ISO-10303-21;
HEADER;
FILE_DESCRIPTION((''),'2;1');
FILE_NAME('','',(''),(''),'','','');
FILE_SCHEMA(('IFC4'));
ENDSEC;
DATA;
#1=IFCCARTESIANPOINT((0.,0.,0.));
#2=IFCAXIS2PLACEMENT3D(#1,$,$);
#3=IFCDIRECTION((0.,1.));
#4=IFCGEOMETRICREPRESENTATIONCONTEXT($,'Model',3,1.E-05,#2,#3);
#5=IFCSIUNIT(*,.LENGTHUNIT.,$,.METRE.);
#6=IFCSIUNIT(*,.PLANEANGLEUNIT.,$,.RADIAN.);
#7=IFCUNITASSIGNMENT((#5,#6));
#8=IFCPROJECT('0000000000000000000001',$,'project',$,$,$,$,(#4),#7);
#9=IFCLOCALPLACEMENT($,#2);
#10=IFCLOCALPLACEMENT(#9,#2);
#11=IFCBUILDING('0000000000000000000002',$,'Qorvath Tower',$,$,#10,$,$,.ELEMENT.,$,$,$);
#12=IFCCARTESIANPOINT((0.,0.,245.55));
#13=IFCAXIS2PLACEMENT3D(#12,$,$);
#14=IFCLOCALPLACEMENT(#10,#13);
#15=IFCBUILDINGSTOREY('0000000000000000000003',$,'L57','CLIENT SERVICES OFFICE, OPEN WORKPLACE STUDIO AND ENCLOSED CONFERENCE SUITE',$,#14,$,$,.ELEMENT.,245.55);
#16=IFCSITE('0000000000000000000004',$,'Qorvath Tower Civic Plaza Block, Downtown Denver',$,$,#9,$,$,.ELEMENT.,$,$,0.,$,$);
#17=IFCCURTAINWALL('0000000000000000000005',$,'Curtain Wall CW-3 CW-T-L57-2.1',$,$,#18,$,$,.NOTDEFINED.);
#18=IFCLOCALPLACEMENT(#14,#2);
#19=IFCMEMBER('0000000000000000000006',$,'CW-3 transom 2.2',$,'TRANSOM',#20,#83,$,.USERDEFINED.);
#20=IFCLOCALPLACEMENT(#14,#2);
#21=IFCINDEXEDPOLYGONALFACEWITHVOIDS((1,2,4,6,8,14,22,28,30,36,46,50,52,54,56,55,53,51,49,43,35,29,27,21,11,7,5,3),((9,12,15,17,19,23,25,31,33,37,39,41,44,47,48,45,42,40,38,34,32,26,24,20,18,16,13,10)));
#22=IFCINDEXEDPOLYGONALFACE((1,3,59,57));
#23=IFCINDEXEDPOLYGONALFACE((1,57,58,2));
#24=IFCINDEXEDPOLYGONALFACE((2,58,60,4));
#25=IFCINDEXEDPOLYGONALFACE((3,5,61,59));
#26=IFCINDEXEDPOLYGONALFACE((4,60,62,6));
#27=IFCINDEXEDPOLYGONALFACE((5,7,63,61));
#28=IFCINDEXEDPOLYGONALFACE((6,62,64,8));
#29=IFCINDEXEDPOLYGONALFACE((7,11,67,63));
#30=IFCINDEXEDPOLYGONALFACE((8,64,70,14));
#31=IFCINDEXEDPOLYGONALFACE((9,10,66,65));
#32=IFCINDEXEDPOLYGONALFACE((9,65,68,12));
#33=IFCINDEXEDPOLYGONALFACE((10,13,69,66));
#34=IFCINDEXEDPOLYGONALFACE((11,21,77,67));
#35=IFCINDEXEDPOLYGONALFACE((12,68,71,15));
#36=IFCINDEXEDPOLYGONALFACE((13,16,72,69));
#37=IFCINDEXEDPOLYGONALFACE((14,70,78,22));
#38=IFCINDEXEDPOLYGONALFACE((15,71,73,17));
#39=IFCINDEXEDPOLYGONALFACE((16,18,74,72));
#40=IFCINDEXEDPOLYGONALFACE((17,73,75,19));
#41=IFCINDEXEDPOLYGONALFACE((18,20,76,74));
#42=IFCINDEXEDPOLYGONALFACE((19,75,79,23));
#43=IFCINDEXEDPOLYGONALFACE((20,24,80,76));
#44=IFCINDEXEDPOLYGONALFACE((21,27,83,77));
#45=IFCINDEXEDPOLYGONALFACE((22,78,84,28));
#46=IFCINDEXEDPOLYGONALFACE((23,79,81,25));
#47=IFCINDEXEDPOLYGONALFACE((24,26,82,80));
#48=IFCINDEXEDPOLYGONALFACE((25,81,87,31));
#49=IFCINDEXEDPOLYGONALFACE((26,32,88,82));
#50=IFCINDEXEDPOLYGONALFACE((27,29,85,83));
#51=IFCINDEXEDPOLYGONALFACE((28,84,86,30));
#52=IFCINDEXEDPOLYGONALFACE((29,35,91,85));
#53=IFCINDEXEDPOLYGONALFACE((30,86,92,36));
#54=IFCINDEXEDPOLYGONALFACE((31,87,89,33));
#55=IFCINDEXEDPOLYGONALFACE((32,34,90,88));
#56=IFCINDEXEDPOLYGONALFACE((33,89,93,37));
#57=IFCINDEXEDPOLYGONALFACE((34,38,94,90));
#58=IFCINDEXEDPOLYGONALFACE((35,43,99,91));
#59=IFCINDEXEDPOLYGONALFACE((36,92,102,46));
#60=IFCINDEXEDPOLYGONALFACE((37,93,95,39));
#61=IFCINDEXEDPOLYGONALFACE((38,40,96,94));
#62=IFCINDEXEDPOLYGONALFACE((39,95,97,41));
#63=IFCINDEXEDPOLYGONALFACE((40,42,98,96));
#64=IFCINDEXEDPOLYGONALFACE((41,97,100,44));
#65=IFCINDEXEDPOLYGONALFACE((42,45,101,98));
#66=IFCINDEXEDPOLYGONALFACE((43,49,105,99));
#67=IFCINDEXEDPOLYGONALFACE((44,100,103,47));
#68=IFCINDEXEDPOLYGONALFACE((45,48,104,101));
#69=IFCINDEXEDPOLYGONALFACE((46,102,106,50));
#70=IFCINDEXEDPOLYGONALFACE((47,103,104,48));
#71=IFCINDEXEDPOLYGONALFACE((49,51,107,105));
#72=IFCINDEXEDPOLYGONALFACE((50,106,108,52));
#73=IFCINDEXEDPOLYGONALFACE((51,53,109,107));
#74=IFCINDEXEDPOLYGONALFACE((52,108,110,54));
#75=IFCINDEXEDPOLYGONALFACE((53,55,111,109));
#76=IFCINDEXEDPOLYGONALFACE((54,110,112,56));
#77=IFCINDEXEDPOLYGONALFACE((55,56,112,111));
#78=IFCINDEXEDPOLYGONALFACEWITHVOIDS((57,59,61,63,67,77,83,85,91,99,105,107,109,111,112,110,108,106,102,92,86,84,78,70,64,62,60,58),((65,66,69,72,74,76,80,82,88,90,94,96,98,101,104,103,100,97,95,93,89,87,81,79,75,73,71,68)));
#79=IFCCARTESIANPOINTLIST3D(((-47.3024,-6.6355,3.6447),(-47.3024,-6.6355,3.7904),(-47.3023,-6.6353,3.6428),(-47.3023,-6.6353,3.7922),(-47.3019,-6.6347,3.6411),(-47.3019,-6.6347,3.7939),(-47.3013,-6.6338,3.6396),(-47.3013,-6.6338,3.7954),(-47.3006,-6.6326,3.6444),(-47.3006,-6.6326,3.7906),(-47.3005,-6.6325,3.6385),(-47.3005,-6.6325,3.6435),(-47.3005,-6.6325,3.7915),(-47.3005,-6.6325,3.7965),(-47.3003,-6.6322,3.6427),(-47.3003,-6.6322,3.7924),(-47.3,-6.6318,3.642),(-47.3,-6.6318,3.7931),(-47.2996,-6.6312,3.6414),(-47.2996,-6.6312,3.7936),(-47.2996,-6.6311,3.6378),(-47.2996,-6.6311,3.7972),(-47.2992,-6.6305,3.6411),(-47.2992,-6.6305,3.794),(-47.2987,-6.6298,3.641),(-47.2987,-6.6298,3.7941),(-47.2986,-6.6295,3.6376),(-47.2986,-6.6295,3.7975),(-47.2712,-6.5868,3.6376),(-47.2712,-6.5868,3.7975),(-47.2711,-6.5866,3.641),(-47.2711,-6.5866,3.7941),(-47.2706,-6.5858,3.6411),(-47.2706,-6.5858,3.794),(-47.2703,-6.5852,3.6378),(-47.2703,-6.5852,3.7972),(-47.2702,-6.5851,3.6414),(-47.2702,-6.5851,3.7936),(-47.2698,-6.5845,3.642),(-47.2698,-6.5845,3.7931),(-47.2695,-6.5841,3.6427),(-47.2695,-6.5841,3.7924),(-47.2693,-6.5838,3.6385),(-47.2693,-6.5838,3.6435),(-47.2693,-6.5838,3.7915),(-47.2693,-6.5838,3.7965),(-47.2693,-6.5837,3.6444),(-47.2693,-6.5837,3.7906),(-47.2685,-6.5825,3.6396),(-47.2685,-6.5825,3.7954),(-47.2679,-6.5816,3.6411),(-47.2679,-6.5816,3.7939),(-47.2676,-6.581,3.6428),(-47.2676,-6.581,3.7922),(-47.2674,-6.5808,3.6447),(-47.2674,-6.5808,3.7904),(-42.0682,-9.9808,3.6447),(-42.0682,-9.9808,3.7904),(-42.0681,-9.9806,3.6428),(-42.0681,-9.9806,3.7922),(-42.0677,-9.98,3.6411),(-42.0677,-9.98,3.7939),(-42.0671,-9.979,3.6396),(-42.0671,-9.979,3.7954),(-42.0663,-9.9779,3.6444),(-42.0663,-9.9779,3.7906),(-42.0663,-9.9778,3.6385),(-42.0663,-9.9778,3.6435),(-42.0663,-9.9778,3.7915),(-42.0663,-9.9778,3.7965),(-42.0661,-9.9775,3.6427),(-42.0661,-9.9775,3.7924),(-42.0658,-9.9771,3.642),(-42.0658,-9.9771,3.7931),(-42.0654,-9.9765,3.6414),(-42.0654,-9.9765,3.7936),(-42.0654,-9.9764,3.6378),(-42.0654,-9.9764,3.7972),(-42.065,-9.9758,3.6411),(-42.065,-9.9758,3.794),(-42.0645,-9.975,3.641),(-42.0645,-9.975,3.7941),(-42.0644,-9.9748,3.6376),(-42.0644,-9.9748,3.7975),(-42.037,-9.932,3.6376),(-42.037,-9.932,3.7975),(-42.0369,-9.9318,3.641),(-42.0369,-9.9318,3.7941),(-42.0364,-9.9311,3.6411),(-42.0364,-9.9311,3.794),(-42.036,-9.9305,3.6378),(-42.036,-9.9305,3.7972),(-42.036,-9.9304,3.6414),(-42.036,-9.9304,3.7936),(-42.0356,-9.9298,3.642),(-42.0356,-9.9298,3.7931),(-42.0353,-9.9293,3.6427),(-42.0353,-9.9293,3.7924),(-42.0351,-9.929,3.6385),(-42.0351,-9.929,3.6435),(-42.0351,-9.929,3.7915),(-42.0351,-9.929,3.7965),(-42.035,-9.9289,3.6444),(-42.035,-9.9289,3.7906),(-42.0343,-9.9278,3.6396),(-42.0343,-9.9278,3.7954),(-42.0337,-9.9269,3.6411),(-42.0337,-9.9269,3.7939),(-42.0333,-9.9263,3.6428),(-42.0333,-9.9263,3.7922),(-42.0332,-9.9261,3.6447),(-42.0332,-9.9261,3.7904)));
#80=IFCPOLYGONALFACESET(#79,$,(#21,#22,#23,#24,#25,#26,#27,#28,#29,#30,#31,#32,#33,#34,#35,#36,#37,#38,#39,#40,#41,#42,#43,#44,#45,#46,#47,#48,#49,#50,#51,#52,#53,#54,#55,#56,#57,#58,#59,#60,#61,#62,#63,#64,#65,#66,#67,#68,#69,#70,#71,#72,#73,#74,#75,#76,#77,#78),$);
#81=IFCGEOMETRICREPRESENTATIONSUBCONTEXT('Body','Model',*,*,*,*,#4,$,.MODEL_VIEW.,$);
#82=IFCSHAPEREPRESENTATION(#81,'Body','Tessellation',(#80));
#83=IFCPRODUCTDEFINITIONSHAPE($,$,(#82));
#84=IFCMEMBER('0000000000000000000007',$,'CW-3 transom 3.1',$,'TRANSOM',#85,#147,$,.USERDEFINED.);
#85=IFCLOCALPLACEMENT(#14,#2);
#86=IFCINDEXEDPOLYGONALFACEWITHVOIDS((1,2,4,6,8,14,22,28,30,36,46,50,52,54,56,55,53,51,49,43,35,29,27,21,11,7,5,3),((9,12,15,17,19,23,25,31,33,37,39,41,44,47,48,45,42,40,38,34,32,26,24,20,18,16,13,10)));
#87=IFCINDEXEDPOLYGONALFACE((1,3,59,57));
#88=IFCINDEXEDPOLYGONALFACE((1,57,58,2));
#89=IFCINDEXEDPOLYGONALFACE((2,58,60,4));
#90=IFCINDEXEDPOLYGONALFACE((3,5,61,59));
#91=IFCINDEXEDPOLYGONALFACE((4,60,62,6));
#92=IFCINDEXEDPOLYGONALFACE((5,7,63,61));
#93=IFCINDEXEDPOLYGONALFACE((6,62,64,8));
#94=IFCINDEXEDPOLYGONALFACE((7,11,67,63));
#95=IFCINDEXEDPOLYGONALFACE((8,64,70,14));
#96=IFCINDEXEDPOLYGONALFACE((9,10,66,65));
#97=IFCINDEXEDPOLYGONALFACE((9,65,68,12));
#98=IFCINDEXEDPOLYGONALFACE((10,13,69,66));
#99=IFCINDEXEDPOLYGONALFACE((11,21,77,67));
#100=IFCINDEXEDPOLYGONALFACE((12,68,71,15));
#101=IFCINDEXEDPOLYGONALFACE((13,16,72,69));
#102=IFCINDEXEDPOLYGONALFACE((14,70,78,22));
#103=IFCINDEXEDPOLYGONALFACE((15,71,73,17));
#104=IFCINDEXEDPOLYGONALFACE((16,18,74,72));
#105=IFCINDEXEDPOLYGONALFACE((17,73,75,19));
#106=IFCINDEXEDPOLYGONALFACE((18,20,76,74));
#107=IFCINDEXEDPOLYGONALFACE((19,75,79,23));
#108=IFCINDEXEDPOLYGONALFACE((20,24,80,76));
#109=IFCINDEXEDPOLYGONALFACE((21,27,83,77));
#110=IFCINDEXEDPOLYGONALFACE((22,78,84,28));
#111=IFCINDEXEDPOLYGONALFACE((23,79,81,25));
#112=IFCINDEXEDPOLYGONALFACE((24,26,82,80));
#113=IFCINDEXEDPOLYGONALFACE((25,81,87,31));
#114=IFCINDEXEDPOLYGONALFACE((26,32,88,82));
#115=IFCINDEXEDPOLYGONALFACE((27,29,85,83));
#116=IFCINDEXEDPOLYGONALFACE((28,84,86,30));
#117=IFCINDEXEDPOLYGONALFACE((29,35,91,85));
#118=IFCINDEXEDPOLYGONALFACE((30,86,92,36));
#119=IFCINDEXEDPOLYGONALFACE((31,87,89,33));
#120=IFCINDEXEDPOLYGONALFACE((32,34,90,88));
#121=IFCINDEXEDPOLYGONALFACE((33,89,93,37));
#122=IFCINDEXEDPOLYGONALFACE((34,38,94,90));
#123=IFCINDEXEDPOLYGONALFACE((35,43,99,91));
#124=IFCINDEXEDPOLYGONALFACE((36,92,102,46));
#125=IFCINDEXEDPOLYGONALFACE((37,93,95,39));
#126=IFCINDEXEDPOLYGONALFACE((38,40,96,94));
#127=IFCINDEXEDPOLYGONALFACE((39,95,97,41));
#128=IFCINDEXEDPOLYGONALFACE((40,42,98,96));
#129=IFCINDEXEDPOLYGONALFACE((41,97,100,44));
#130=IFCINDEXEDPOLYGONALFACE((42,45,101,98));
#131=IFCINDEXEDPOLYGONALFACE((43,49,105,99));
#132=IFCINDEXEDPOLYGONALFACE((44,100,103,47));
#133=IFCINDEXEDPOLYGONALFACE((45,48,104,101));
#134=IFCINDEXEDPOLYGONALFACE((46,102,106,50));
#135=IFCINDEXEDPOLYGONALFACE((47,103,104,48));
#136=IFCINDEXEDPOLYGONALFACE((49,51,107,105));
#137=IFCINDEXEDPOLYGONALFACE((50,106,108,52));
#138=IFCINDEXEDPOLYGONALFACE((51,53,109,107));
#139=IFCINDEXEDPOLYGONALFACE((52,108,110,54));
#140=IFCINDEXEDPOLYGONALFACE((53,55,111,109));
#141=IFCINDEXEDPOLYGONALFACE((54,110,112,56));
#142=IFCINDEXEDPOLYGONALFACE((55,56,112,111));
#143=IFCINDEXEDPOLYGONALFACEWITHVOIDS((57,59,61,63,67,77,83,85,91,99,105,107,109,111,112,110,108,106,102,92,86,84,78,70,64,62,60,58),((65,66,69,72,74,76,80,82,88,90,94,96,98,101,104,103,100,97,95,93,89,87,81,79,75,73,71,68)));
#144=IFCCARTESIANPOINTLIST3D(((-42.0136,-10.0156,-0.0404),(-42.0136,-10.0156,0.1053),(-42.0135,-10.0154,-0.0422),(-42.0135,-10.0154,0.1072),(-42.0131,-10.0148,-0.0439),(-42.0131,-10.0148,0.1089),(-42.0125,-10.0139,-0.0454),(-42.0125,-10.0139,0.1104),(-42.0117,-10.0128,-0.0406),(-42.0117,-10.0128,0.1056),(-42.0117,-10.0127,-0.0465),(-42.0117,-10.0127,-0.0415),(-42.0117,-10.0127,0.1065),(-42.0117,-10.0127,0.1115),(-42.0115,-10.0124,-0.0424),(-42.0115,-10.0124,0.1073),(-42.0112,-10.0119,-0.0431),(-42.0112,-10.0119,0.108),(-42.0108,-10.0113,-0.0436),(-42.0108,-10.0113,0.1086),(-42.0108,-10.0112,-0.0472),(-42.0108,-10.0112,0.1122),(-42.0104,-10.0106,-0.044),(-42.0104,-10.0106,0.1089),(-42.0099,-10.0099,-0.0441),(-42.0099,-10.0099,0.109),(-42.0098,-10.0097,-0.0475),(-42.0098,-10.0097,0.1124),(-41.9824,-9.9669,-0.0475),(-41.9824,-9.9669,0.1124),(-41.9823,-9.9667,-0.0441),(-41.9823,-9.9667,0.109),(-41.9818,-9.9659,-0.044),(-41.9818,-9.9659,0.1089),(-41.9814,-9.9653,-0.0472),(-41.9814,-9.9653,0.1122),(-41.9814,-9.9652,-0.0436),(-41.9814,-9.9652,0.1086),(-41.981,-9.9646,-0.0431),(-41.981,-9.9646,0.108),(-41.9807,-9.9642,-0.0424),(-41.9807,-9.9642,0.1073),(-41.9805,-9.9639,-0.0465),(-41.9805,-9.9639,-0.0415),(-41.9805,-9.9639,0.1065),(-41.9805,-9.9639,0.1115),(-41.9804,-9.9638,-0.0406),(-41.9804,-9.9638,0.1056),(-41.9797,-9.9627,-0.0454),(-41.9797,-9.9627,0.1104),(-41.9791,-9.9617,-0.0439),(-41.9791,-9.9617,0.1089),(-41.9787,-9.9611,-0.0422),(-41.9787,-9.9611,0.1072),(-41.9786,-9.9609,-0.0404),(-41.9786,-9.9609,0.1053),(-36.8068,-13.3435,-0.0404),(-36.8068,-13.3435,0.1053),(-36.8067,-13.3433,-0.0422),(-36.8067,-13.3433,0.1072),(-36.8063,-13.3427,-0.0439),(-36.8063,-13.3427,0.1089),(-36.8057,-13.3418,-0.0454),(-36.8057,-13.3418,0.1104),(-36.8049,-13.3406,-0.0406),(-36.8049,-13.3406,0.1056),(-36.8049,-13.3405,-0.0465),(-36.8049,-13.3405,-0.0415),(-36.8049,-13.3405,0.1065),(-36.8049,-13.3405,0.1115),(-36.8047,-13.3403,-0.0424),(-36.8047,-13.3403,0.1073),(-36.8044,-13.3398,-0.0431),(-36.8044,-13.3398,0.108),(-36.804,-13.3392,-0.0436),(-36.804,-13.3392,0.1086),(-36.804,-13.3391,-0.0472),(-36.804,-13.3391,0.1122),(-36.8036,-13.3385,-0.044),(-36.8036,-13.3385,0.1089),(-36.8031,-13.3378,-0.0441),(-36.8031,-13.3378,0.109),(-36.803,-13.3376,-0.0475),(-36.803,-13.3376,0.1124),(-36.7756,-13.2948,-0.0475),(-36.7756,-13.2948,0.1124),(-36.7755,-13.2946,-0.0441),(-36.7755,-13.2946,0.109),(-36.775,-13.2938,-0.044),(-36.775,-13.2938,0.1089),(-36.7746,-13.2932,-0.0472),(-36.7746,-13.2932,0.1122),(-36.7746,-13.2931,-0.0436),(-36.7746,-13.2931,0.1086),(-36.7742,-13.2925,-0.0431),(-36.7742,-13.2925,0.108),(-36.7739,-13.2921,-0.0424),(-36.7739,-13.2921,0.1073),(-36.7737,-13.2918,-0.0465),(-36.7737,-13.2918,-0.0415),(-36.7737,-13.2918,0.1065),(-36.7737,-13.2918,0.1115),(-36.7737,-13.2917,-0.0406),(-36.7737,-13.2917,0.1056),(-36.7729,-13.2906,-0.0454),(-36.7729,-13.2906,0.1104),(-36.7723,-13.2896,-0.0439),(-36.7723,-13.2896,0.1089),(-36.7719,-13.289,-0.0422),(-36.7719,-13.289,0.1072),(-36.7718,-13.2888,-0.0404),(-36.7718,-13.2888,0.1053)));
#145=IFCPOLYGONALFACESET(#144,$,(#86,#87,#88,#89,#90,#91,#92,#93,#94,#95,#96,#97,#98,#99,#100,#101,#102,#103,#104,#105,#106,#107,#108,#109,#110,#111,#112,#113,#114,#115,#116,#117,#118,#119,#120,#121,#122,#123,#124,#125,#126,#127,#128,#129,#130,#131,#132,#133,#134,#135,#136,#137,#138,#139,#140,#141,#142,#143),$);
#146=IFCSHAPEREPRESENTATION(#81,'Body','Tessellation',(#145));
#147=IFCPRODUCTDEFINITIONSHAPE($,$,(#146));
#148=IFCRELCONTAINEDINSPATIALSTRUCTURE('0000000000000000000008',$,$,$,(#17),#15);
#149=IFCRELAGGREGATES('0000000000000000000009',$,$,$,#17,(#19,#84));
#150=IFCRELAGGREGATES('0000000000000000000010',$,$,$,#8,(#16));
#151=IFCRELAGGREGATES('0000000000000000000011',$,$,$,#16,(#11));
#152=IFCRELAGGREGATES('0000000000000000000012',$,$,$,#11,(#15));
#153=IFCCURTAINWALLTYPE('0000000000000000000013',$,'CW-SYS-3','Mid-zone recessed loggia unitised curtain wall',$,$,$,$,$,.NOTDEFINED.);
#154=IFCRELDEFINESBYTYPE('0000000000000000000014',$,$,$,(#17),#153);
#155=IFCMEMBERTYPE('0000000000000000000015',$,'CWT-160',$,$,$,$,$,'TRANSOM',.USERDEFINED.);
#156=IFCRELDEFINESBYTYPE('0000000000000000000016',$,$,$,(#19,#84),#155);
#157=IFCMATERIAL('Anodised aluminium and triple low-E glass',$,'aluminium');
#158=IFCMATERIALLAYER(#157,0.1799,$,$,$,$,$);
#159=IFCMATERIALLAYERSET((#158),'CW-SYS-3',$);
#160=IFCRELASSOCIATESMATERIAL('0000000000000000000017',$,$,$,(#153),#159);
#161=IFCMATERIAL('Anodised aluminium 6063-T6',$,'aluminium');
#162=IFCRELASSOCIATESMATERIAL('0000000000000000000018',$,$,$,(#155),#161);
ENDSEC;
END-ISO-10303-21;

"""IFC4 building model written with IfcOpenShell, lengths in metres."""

from ifc_helpers import new_model, si_unit, direction, frame, origin, origin_2d, place, context, subcontext, project, spatial, hollow_rectangle, extrude, material, layer, layer_set, material_profile, profile_set, type_object, element, aggregate, save


model = new_model("IFC4")

# Units and contexts
model_context = context("Model", 3, precision=1e-05, world=origin(), true_north=direction((0.0, 1.0)))
body_context = subcontext(model_context, "Body", "Model", "MODEL_VIEW")
ifc_project = project(units=[si_unit("LENGTHUNIT", "METRE"), si_unit("PLANEANGLEUNIT", "RADIAN")], contexts=[model_context])

# Site, building, storey
site_placement = place(None, origin())
site = spatial("IfcSite", under=ifc_project, at=site_placement, Name="Qorvath Tower Civic Plaza Block, Downtown Denver", CompositionType="ELEMENT", RefElevation=0.0)
building_placement = place(site_placement, origin())
building = spatial("IfcBuilding", under=site, at=building_placement, Name="Qorvath Tower", CompositionType="ELEMENT")
storey_placement = place(building_placement, frame((0.0, 0.0, 245.55)))
storey = spatial("IfcBuildingStorey", under=building, at=storey_placement, Name="L57", Description="CLIENT SERVICES OFFICE, OPEN WORKPLACE STUDIO AND ENCLOSED CONFERENCE SUITE", CompositionType="ELEMENT", Elevation=245.55)

# Curtain wall
ifc_material_1 = material(Name="Anodised aluminium and triple low-E glass", Category="aluminium")
ifc_layer_1 = layer(ifc_material_1, 0.1799)
ifc_layer_set_1 = layer_set([ifc_layer_1], Name="CW-SYS-3")
curtain_wall_type = type_object("IfcCurtainWallType", Name="CW-SYS-3", Description="Mid-zone recessed loggia unitised curtain wall", PredefinedType="NOTDEFINED", material=ifc_layer_set_1)
curtain_wall_1_placement = place(storey_placement, origin())
curtain_wall_1 = element("IfcCurtainWall", 1, at=curtain_wall_1_placement, inside=storey, type_object=curtain_wall_type, Name="Curtain Wall CW-3 CW-T-L57-2.1", PredefinedType="NOTDEFINED")

# Members
ifc_material_2 = material(Name="Anodised aluminium 6063-T6", Category="aluminium")
ifc_material_profile_1 = material_profile(ifc_material_2, hollow_rectangle(XDim=0.0649, YDim=0.1599, WallThickness=0.0034, InnerFilletRadius=0.0034, OuterFilletRadius=0.0071, at=origin_2d()), Name="CWT 160x65")
ifc_profile_set_1 = profile_set([ifc_material_profile_1], Name="Anodised aluminium 6063-T6")
member_type_1 = type_object("IfcMemberType", Name="CWT-160", ElementType="TRANSOM", PredefinedType="USERDEFINED", material=ifc_profile_set_1)
member_1_placement = place(storey_placement, frame((-47.2849, -6.6082, 3.7175), z_axis=(0.84261, -0.538525, 0.0), x_axis=(0.538525, 0.84261, 0.0)))
member_1 = element("IfcMember", 2, at=member_1_placement, type_object=member_type_1, Name="CW-3 transom 2.2", ObjectType="TRANSOM", PredefinedType="USERDEFINED", context=body_context, shape_type="SweptSolid", body=[
    extrude(hollow_rectangle(XDim=0.0649, YDim=0.1599, WallThickness=0.0034, InnerFilletRadius=0.0034, OuterFilletRadius=0.0071, at=origin_2d()), origin(), (0.0, 0.0, 1.0), 6.2119),
])
member_2_placement = place(storey_placement, frame((-41.9961, -9.9883, 0.0325), z_axis=(0.842599, -0.538541, 0.0), x_axis=(0.538541, 0.842599, 0.0)))
member_2 = element("IfcMember", 3, at=member_2_placement, type_object=member_type_1, Name="CW-3 transom 3.1", ObjectType="TRANSOM", PredefinedType="USERDEFINED", context=body_context, shape_type="SweptSolid", body=[
    extrude(hollow_rectangle(XDim=0.0649, YDim=0.1599, WallThickness=0.0034, InnerFilletRadius=0.0034, OuterFilletRadius=0.0071, at=origin_2d()), origin(), (0.0, 0.0, 1.0), 6.1794),
])

aggregate(curtain_wall_1, [member_1, member_2])

save(model, "model.ifc")
